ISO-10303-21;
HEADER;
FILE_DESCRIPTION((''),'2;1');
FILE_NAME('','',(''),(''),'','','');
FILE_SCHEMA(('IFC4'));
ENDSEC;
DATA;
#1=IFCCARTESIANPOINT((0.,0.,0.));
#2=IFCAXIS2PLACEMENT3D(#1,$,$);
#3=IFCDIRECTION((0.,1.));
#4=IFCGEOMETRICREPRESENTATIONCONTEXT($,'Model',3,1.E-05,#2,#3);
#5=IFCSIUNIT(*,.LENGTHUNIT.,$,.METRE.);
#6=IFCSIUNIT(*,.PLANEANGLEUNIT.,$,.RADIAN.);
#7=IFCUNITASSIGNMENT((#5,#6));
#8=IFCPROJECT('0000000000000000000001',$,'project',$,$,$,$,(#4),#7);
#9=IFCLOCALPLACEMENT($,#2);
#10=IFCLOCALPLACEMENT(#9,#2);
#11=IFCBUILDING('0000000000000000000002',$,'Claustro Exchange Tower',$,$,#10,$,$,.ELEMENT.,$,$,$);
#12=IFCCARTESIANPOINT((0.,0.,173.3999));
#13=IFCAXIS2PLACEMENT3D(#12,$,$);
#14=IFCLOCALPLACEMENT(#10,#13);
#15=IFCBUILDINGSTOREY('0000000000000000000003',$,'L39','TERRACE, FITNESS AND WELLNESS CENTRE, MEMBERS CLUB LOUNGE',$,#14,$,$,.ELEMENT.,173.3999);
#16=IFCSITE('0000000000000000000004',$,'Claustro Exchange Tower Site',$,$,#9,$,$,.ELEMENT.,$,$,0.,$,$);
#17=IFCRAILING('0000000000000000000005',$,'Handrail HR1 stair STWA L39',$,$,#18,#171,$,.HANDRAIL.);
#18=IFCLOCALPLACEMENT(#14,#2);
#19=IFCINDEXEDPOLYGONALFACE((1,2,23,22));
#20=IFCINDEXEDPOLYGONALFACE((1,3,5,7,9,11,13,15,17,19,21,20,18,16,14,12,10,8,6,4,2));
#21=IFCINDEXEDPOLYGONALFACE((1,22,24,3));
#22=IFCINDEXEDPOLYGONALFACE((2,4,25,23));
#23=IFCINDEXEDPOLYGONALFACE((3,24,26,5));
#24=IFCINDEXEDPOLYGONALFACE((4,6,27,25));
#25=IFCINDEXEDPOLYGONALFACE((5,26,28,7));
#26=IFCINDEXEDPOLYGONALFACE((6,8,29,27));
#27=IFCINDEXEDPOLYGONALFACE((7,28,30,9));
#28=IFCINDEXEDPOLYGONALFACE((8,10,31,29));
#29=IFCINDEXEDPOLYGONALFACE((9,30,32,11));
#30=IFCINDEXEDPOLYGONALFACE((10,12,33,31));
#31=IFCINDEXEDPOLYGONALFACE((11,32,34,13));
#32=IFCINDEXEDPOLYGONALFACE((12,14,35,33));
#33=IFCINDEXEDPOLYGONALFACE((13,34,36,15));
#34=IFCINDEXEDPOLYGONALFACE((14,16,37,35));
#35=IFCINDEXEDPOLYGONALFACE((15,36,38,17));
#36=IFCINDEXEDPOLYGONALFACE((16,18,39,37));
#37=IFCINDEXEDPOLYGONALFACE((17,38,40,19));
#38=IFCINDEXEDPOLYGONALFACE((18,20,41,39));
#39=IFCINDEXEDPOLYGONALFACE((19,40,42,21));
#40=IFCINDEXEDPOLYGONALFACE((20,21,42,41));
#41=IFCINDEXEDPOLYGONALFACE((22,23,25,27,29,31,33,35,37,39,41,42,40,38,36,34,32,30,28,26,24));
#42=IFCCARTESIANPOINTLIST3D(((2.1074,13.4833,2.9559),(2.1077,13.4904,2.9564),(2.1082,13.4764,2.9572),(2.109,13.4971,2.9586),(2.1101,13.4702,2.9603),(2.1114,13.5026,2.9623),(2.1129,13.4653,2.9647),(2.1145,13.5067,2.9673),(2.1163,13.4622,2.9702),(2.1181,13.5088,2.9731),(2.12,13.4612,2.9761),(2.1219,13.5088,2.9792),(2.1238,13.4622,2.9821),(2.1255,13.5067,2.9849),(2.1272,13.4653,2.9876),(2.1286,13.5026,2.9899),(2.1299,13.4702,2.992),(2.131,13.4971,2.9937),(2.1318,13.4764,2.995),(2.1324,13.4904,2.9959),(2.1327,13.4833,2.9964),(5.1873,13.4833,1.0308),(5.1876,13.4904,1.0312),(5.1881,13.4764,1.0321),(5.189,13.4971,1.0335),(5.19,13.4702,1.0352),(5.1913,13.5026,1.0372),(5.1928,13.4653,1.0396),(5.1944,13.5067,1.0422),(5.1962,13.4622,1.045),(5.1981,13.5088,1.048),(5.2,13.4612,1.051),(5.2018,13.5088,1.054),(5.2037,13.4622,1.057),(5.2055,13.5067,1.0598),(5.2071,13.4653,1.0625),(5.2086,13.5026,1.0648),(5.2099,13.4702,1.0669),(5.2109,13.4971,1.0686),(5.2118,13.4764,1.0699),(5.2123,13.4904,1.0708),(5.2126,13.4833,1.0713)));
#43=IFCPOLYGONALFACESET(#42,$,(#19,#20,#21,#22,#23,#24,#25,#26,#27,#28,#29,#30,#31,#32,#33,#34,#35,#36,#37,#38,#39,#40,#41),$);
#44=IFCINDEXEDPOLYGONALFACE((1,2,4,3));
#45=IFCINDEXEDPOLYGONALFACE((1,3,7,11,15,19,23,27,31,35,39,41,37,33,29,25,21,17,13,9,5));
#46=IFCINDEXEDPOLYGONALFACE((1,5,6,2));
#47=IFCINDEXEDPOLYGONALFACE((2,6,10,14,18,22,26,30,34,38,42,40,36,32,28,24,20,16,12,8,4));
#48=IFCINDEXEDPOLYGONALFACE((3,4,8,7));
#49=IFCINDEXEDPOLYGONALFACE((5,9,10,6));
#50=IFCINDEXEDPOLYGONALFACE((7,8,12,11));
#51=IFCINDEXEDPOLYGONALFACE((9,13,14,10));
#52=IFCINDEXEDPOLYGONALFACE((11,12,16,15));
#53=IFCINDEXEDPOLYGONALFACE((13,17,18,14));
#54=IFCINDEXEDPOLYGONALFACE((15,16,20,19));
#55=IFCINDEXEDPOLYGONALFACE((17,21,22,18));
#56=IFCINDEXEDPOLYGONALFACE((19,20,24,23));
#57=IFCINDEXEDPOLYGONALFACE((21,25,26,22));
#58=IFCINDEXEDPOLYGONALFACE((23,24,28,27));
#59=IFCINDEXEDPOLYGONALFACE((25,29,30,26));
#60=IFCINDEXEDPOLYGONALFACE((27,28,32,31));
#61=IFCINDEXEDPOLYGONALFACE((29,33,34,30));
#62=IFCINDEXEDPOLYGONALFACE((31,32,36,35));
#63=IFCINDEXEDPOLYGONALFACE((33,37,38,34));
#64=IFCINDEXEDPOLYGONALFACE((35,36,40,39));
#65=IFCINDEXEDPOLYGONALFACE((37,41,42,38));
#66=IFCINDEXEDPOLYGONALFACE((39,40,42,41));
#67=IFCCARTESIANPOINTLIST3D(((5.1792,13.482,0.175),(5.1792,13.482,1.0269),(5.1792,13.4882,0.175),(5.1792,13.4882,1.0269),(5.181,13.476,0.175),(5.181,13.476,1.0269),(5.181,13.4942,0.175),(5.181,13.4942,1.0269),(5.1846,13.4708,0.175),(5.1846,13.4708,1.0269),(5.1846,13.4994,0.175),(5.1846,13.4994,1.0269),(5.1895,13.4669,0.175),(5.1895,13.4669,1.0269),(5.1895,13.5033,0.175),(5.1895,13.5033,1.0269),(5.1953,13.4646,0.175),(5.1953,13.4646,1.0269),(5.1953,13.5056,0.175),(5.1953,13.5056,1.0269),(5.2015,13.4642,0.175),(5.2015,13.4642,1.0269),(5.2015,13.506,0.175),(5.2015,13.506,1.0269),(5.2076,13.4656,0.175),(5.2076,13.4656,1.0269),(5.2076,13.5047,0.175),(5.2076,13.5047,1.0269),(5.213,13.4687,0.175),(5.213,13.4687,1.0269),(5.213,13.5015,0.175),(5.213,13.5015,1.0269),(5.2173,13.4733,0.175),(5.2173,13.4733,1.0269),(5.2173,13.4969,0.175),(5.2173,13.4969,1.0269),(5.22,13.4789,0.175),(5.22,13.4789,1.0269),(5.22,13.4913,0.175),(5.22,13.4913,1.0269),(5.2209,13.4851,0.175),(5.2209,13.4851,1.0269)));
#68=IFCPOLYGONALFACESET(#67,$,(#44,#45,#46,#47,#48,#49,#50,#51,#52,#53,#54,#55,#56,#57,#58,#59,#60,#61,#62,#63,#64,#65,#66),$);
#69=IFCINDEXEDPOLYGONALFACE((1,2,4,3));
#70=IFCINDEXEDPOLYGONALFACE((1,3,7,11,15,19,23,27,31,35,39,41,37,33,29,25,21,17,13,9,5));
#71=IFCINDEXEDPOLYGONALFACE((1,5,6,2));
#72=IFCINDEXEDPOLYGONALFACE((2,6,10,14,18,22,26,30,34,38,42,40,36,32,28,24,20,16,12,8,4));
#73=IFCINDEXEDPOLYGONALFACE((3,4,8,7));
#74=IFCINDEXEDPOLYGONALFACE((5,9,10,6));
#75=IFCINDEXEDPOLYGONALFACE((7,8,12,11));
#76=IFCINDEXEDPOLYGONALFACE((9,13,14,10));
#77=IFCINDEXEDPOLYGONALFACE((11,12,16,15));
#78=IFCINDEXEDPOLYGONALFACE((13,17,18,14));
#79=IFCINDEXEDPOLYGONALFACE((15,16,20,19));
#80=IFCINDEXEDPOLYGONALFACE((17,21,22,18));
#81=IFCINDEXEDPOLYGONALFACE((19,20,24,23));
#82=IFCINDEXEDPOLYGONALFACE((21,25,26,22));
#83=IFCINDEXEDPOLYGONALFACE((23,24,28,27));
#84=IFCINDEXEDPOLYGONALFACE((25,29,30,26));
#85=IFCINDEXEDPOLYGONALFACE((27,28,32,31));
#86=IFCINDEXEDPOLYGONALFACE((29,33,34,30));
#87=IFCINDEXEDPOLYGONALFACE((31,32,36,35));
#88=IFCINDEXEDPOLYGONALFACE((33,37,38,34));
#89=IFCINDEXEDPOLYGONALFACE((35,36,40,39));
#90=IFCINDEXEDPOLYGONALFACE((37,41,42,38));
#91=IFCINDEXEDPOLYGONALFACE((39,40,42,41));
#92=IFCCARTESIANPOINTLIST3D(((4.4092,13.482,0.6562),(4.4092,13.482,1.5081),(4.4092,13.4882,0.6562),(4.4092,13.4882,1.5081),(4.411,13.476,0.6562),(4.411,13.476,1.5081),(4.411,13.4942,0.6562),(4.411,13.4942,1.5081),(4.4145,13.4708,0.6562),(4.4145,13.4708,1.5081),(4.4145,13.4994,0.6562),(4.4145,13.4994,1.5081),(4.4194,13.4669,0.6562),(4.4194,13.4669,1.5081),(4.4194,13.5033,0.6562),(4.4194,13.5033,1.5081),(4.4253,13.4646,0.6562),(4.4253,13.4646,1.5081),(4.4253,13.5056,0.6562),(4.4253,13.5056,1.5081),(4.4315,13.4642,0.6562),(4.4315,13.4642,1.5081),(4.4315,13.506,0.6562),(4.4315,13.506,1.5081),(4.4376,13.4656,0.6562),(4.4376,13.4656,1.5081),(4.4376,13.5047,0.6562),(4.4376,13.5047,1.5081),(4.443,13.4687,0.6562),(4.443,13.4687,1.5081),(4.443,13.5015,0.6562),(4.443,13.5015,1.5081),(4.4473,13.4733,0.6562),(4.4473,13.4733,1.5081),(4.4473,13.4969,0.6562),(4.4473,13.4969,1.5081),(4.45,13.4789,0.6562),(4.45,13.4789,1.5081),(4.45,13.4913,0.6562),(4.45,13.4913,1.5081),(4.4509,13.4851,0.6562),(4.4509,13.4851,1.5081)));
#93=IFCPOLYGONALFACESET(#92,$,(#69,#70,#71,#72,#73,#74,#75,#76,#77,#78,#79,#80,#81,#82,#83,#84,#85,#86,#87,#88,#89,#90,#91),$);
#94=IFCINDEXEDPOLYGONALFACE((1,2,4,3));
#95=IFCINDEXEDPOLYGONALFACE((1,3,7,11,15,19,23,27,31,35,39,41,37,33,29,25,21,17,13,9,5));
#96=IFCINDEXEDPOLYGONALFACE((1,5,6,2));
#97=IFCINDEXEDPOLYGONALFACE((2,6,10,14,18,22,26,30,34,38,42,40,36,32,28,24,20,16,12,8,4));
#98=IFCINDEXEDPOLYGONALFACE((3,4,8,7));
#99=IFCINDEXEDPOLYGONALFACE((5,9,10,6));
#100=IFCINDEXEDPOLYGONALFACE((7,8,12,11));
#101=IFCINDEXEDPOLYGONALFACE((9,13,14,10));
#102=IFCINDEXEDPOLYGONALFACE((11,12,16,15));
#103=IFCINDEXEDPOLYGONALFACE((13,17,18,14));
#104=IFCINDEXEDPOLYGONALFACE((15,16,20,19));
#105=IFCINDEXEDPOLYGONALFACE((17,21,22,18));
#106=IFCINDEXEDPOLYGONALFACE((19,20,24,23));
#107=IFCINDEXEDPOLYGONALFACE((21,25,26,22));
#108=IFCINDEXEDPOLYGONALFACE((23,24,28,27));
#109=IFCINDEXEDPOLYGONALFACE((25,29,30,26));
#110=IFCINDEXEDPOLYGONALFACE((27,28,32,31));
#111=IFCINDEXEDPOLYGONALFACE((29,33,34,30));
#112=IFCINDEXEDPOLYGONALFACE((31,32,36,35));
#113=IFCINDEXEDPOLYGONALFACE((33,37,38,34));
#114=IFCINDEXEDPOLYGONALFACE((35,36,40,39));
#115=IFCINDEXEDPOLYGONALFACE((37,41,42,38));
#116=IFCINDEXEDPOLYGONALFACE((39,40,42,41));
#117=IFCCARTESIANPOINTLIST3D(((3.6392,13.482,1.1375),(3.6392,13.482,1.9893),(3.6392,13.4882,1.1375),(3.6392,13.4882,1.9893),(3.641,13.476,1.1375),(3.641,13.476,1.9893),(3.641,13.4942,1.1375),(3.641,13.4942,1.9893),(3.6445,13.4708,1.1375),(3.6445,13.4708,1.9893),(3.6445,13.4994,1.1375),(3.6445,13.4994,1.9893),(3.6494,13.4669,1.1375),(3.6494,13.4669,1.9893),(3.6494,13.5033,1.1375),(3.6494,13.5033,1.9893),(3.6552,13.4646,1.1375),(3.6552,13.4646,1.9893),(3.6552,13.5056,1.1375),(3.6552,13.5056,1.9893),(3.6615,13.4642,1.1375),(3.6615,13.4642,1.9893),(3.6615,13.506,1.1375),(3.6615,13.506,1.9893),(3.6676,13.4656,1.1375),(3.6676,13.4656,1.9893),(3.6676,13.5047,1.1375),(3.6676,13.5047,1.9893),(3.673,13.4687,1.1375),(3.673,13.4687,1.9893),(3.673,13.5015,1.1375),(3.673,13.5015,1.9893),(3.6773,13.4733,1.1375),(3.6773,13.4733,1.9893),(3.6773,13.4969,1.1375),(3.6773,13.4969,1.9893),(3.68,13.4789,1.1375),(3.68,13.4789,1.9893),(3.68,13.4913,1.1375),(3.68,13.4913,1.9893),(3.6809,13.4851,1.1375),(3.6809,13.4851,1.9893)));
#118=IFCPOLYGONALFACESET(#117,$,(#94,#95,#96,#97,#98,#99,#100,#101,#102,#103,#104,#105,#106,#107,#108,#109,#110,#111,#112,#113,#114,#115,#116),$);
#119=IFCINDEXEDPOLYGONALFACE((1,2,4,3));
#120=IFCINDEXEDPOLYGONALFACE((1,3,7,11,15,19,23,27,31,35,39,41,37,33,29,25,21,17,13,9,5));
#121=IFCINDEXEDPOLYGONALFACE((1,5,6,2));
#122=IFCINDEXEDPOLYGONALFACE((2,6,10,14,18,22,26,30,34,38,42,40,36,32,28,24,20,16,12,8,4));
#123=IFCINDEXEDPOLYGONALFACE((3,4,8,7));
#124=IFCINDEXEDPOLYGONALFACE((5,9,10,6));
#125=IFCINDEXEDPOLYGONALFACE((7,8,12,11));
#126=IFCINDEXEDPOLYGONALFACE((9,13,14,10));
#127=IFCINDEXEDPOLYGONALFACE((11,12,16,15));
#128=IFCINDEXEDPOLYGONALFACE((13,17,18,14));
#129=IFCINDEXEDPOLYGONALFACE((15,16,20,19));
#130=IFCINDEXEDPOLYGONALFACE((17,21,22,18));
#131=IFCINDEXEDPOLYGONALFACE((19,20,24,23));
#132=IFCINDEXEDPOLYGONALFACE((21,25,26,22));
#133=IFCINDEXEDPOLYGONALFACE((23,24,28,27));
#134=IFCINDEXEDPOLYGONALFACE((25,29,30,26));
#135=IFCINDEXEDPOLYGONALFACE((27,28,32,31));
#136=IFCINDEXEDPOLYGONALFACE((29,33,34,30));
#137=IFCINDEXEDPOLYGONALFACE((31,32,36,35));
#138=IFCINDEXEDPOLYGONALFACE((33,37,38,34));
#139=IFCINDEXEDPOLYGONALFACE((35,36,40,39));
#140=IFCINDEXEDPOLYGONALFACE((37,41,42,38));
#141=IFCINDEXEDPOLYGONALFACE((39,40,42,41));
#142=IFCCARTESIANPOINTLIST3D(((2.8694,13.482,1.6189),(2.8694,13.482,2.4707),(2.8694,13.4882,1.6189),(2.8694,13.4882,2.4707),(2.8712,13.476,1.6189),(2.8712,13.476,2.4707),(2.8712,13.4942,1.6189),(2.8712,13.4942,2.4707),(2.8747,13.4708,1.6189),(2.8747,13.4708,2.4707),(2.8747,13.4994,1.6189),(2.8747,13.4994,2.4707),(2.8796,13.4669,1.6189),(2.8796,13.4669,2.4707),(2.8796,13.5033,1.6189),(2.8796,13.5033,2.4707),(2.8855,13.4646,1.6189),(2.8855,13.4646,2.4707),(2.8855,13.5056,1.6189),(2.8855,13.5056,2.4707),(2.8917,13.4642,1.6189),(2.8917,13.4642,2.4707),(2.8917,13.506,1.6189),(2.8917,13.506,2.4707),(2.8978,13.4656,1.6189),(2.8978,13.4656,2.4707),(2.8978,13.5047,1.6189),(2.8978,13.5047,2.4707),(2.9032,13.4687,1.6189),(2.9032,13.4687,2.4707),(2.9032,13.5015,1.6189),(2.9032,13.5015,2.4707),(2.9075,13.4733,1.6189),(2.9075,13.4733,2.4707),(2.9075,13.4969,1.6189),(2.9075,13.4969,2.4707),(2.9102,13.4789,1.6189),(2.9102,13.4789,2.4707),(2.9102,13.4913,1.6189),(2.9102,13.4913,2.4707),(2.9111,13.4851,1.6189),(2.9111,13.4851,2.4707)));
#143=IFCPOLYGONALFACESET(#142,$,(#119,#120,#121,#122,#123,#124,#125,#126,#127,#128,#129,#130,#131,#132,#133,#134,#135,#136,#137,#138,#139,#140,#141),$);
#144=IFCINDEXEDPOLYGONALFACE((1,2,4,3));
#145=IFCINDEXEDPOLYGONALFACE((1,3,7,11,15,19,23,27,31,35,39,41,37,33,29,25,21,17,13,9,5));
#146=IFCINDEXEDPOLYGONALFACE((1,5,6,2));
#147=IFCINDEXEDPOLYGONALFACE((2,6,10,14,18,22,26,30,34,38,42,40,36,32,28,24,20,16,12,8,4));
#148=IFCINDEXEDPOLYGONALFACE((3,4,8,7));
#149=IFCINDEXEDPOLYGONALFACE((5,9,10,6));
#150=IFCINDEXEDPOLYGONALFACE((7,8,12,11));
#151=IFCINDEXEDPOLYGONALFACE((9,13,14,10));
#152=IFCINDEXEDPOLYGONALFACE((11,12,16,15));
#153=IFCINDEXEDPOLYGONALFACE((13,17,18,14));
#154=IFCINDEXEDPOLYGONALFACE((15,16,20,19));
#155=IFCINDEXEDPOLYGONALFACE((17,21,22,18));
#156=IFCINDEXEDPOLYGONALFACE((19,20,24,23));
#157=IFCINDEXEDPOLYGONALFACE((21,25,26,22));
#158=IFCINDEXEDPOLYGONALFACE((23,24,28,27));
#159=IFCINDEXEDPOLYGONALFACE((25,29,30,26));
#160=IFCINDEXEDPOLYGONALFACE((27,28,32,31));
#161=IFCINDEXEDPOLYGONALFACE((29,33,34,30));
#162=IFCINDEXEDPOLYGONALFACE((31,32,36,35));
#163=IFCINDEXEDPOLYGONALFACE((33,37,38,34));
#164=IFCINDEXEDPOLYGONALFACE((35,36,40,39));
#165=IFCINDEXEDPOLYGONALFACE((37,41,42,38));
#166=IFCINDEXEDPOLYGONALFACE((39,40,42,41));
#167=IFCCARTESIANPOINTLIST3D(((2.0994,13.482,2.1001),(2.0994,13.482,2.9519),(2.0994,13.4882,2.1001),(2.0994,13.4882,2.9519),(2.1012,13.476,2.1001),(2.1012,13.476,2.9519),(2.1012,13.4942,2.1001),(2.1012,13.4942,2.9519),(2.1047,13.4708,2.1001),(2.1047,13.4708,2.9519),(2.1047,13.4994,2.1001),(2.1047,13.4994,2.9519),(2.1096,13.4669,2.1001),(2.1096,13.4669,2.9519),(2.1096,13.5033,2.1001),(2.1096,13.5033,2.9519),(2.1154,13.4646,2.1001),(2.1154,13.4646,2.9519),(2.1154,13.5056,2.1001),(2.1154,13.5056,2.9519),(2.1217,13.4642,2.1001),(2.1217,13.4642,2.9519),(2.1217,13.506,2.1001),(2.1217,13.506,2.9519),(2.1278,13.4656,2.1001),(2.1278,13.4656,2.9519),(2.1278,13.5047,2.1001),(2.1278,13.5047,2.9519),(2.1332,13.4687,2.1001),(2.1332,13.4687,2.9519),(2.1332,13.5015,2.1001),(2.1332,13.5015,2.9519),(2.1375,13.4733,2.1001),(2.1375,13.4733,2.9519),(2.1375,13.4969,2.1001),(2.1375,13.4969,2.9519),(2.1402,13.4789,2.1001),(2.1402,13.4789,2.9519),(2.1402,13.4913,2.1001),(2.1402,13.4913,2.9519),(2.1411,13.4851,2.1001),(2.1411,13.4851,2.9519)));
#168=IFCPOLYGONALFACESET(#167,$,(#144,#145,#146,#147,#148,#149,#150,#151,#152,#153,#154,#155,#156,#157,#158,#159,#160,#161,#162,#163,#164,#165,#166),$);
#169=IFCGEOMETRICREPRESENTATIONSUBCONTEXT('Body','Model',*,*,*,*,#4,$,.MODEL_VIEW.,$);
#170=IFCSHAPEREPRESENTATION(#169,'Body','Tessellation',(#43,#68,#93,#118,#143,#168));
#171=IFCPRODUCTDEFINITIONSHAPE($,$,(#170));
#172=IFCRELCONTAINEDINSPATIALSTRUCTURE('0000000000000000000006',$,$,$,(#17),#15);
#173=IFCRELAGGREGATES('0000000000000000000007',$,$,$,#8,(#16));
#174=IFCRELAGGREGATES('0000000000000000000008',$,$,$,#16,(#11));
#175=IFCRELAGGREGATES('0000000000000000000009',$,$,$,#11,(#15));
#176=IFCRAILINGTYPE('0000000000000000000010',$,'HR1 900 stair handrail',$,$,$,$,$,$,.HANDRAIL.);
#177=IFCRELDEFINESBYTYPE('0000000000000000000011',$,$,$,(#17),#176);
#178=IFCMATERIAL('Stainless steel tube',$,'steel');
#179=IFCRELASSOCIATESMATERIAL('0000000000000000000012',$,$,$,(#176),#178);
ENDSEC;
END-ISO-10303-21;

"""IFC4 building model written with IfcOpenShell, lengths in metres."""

from ifc_helpers import new_model, si_unit, direction, frame, origin, origin_2d, place, context, subcontext, project, spatial, circle, extrude, material, type_object, element, save


model = new_model("IFC4")

# Units and contexts
model_context = context("Model", 3, precision=1e-05, world=origin(), true_north=direction((0.0, 1.0)))
body_context = subcontext(model_context, "Body", "Model", "MODEL_VIEW")
ifc_project = project(units=[si_unit("LENGTHUNIT", "METRE"), si_unit("PLANEANGLEUNIT", "RADIAN")], contexts=[model_context])

# Site, building, storey
site_placement = place(None, origin())
site = spatial("IfcSite", under=ifc_project, at=site_placement, Name="Claustro Exchange Tower Site", CompositionType="ELEMENT", RefElevation=0.0)
building_placement = place(site_placement, origin())
building = spatial("IfcBuilding", under=site, at=building_placement, Name="Claustro Exchange Tower", CompositionType="ELEMENT")
storey_placement = place(building_placement, frame((0.0, 0.0, 173.3999)))
storey = spatial("IfcBuildingStorey", under=building, at=storey_placement, Name="L39", Description="TERRACE, FITNESS AND WELLNESS CENTRE, MEMBERS CLUB LOUNGE", CompositionType="ELEMENT", Elevation=173.3999)

# Railing
ifc_material_1 = material(Name="Stainless steel tube", Category="steel")
railing_type_1 = type_object("IfcRailingType", Name="HR1 900 stair handrail", PredefinedType="HANDRAIL", material=ifc_material_1)
railing_1_placement = place(storey_placement, frame((5.2, 13.4851, 0.175)))
element("IfcRailing", 1, at=railing_1_placement, inside=storey, type_object=railing_type_1, Name="Handrail HR1 stair STWA L39", PredefinedType="HANDRAIL", context=body_context, shape_type="SweptSolid", body=[
    extrude(circle(Radius=0.0239, at=origin_2d()), frame((0.0, 0.0, 0.876), z_axis=(-0.847979, 0.0, 0.530029), x_axis=(0.0, -1.0, 0.0)), (0.0, 0.0, 1.0), 3.6321),
    extrude(circle(Radius=0.021, at=origin_2d()), origin(), (0.0, 0.0, 1.0), 0.8518),
    extrude(circle(Radius=0.021, at=origin_2d()), frame((-0.77, 0.0, 0.4812)), (0.0, 0.0, 1.0), 0.8518),
    extrude(circle(Radius=0.021, at=origin_2d()), frame((-1.54, 0.0, 0.9624)), (0.0, 0.0, 1.0), 0.8518),
    extrude(circle(Radius=0.021, at=origin_2d()), frame((-2.3098, 0.0, 1.4438)), (0.0, 0.0, 1.0), 0.8518),
    extrude(circle(Radius=0.021, at=origin_2d()), frame((-3.0798, 0.0, 1.925)), (0.0, 0.0, 1.0), 0.8518),
])

save(model, "model.ifc")
